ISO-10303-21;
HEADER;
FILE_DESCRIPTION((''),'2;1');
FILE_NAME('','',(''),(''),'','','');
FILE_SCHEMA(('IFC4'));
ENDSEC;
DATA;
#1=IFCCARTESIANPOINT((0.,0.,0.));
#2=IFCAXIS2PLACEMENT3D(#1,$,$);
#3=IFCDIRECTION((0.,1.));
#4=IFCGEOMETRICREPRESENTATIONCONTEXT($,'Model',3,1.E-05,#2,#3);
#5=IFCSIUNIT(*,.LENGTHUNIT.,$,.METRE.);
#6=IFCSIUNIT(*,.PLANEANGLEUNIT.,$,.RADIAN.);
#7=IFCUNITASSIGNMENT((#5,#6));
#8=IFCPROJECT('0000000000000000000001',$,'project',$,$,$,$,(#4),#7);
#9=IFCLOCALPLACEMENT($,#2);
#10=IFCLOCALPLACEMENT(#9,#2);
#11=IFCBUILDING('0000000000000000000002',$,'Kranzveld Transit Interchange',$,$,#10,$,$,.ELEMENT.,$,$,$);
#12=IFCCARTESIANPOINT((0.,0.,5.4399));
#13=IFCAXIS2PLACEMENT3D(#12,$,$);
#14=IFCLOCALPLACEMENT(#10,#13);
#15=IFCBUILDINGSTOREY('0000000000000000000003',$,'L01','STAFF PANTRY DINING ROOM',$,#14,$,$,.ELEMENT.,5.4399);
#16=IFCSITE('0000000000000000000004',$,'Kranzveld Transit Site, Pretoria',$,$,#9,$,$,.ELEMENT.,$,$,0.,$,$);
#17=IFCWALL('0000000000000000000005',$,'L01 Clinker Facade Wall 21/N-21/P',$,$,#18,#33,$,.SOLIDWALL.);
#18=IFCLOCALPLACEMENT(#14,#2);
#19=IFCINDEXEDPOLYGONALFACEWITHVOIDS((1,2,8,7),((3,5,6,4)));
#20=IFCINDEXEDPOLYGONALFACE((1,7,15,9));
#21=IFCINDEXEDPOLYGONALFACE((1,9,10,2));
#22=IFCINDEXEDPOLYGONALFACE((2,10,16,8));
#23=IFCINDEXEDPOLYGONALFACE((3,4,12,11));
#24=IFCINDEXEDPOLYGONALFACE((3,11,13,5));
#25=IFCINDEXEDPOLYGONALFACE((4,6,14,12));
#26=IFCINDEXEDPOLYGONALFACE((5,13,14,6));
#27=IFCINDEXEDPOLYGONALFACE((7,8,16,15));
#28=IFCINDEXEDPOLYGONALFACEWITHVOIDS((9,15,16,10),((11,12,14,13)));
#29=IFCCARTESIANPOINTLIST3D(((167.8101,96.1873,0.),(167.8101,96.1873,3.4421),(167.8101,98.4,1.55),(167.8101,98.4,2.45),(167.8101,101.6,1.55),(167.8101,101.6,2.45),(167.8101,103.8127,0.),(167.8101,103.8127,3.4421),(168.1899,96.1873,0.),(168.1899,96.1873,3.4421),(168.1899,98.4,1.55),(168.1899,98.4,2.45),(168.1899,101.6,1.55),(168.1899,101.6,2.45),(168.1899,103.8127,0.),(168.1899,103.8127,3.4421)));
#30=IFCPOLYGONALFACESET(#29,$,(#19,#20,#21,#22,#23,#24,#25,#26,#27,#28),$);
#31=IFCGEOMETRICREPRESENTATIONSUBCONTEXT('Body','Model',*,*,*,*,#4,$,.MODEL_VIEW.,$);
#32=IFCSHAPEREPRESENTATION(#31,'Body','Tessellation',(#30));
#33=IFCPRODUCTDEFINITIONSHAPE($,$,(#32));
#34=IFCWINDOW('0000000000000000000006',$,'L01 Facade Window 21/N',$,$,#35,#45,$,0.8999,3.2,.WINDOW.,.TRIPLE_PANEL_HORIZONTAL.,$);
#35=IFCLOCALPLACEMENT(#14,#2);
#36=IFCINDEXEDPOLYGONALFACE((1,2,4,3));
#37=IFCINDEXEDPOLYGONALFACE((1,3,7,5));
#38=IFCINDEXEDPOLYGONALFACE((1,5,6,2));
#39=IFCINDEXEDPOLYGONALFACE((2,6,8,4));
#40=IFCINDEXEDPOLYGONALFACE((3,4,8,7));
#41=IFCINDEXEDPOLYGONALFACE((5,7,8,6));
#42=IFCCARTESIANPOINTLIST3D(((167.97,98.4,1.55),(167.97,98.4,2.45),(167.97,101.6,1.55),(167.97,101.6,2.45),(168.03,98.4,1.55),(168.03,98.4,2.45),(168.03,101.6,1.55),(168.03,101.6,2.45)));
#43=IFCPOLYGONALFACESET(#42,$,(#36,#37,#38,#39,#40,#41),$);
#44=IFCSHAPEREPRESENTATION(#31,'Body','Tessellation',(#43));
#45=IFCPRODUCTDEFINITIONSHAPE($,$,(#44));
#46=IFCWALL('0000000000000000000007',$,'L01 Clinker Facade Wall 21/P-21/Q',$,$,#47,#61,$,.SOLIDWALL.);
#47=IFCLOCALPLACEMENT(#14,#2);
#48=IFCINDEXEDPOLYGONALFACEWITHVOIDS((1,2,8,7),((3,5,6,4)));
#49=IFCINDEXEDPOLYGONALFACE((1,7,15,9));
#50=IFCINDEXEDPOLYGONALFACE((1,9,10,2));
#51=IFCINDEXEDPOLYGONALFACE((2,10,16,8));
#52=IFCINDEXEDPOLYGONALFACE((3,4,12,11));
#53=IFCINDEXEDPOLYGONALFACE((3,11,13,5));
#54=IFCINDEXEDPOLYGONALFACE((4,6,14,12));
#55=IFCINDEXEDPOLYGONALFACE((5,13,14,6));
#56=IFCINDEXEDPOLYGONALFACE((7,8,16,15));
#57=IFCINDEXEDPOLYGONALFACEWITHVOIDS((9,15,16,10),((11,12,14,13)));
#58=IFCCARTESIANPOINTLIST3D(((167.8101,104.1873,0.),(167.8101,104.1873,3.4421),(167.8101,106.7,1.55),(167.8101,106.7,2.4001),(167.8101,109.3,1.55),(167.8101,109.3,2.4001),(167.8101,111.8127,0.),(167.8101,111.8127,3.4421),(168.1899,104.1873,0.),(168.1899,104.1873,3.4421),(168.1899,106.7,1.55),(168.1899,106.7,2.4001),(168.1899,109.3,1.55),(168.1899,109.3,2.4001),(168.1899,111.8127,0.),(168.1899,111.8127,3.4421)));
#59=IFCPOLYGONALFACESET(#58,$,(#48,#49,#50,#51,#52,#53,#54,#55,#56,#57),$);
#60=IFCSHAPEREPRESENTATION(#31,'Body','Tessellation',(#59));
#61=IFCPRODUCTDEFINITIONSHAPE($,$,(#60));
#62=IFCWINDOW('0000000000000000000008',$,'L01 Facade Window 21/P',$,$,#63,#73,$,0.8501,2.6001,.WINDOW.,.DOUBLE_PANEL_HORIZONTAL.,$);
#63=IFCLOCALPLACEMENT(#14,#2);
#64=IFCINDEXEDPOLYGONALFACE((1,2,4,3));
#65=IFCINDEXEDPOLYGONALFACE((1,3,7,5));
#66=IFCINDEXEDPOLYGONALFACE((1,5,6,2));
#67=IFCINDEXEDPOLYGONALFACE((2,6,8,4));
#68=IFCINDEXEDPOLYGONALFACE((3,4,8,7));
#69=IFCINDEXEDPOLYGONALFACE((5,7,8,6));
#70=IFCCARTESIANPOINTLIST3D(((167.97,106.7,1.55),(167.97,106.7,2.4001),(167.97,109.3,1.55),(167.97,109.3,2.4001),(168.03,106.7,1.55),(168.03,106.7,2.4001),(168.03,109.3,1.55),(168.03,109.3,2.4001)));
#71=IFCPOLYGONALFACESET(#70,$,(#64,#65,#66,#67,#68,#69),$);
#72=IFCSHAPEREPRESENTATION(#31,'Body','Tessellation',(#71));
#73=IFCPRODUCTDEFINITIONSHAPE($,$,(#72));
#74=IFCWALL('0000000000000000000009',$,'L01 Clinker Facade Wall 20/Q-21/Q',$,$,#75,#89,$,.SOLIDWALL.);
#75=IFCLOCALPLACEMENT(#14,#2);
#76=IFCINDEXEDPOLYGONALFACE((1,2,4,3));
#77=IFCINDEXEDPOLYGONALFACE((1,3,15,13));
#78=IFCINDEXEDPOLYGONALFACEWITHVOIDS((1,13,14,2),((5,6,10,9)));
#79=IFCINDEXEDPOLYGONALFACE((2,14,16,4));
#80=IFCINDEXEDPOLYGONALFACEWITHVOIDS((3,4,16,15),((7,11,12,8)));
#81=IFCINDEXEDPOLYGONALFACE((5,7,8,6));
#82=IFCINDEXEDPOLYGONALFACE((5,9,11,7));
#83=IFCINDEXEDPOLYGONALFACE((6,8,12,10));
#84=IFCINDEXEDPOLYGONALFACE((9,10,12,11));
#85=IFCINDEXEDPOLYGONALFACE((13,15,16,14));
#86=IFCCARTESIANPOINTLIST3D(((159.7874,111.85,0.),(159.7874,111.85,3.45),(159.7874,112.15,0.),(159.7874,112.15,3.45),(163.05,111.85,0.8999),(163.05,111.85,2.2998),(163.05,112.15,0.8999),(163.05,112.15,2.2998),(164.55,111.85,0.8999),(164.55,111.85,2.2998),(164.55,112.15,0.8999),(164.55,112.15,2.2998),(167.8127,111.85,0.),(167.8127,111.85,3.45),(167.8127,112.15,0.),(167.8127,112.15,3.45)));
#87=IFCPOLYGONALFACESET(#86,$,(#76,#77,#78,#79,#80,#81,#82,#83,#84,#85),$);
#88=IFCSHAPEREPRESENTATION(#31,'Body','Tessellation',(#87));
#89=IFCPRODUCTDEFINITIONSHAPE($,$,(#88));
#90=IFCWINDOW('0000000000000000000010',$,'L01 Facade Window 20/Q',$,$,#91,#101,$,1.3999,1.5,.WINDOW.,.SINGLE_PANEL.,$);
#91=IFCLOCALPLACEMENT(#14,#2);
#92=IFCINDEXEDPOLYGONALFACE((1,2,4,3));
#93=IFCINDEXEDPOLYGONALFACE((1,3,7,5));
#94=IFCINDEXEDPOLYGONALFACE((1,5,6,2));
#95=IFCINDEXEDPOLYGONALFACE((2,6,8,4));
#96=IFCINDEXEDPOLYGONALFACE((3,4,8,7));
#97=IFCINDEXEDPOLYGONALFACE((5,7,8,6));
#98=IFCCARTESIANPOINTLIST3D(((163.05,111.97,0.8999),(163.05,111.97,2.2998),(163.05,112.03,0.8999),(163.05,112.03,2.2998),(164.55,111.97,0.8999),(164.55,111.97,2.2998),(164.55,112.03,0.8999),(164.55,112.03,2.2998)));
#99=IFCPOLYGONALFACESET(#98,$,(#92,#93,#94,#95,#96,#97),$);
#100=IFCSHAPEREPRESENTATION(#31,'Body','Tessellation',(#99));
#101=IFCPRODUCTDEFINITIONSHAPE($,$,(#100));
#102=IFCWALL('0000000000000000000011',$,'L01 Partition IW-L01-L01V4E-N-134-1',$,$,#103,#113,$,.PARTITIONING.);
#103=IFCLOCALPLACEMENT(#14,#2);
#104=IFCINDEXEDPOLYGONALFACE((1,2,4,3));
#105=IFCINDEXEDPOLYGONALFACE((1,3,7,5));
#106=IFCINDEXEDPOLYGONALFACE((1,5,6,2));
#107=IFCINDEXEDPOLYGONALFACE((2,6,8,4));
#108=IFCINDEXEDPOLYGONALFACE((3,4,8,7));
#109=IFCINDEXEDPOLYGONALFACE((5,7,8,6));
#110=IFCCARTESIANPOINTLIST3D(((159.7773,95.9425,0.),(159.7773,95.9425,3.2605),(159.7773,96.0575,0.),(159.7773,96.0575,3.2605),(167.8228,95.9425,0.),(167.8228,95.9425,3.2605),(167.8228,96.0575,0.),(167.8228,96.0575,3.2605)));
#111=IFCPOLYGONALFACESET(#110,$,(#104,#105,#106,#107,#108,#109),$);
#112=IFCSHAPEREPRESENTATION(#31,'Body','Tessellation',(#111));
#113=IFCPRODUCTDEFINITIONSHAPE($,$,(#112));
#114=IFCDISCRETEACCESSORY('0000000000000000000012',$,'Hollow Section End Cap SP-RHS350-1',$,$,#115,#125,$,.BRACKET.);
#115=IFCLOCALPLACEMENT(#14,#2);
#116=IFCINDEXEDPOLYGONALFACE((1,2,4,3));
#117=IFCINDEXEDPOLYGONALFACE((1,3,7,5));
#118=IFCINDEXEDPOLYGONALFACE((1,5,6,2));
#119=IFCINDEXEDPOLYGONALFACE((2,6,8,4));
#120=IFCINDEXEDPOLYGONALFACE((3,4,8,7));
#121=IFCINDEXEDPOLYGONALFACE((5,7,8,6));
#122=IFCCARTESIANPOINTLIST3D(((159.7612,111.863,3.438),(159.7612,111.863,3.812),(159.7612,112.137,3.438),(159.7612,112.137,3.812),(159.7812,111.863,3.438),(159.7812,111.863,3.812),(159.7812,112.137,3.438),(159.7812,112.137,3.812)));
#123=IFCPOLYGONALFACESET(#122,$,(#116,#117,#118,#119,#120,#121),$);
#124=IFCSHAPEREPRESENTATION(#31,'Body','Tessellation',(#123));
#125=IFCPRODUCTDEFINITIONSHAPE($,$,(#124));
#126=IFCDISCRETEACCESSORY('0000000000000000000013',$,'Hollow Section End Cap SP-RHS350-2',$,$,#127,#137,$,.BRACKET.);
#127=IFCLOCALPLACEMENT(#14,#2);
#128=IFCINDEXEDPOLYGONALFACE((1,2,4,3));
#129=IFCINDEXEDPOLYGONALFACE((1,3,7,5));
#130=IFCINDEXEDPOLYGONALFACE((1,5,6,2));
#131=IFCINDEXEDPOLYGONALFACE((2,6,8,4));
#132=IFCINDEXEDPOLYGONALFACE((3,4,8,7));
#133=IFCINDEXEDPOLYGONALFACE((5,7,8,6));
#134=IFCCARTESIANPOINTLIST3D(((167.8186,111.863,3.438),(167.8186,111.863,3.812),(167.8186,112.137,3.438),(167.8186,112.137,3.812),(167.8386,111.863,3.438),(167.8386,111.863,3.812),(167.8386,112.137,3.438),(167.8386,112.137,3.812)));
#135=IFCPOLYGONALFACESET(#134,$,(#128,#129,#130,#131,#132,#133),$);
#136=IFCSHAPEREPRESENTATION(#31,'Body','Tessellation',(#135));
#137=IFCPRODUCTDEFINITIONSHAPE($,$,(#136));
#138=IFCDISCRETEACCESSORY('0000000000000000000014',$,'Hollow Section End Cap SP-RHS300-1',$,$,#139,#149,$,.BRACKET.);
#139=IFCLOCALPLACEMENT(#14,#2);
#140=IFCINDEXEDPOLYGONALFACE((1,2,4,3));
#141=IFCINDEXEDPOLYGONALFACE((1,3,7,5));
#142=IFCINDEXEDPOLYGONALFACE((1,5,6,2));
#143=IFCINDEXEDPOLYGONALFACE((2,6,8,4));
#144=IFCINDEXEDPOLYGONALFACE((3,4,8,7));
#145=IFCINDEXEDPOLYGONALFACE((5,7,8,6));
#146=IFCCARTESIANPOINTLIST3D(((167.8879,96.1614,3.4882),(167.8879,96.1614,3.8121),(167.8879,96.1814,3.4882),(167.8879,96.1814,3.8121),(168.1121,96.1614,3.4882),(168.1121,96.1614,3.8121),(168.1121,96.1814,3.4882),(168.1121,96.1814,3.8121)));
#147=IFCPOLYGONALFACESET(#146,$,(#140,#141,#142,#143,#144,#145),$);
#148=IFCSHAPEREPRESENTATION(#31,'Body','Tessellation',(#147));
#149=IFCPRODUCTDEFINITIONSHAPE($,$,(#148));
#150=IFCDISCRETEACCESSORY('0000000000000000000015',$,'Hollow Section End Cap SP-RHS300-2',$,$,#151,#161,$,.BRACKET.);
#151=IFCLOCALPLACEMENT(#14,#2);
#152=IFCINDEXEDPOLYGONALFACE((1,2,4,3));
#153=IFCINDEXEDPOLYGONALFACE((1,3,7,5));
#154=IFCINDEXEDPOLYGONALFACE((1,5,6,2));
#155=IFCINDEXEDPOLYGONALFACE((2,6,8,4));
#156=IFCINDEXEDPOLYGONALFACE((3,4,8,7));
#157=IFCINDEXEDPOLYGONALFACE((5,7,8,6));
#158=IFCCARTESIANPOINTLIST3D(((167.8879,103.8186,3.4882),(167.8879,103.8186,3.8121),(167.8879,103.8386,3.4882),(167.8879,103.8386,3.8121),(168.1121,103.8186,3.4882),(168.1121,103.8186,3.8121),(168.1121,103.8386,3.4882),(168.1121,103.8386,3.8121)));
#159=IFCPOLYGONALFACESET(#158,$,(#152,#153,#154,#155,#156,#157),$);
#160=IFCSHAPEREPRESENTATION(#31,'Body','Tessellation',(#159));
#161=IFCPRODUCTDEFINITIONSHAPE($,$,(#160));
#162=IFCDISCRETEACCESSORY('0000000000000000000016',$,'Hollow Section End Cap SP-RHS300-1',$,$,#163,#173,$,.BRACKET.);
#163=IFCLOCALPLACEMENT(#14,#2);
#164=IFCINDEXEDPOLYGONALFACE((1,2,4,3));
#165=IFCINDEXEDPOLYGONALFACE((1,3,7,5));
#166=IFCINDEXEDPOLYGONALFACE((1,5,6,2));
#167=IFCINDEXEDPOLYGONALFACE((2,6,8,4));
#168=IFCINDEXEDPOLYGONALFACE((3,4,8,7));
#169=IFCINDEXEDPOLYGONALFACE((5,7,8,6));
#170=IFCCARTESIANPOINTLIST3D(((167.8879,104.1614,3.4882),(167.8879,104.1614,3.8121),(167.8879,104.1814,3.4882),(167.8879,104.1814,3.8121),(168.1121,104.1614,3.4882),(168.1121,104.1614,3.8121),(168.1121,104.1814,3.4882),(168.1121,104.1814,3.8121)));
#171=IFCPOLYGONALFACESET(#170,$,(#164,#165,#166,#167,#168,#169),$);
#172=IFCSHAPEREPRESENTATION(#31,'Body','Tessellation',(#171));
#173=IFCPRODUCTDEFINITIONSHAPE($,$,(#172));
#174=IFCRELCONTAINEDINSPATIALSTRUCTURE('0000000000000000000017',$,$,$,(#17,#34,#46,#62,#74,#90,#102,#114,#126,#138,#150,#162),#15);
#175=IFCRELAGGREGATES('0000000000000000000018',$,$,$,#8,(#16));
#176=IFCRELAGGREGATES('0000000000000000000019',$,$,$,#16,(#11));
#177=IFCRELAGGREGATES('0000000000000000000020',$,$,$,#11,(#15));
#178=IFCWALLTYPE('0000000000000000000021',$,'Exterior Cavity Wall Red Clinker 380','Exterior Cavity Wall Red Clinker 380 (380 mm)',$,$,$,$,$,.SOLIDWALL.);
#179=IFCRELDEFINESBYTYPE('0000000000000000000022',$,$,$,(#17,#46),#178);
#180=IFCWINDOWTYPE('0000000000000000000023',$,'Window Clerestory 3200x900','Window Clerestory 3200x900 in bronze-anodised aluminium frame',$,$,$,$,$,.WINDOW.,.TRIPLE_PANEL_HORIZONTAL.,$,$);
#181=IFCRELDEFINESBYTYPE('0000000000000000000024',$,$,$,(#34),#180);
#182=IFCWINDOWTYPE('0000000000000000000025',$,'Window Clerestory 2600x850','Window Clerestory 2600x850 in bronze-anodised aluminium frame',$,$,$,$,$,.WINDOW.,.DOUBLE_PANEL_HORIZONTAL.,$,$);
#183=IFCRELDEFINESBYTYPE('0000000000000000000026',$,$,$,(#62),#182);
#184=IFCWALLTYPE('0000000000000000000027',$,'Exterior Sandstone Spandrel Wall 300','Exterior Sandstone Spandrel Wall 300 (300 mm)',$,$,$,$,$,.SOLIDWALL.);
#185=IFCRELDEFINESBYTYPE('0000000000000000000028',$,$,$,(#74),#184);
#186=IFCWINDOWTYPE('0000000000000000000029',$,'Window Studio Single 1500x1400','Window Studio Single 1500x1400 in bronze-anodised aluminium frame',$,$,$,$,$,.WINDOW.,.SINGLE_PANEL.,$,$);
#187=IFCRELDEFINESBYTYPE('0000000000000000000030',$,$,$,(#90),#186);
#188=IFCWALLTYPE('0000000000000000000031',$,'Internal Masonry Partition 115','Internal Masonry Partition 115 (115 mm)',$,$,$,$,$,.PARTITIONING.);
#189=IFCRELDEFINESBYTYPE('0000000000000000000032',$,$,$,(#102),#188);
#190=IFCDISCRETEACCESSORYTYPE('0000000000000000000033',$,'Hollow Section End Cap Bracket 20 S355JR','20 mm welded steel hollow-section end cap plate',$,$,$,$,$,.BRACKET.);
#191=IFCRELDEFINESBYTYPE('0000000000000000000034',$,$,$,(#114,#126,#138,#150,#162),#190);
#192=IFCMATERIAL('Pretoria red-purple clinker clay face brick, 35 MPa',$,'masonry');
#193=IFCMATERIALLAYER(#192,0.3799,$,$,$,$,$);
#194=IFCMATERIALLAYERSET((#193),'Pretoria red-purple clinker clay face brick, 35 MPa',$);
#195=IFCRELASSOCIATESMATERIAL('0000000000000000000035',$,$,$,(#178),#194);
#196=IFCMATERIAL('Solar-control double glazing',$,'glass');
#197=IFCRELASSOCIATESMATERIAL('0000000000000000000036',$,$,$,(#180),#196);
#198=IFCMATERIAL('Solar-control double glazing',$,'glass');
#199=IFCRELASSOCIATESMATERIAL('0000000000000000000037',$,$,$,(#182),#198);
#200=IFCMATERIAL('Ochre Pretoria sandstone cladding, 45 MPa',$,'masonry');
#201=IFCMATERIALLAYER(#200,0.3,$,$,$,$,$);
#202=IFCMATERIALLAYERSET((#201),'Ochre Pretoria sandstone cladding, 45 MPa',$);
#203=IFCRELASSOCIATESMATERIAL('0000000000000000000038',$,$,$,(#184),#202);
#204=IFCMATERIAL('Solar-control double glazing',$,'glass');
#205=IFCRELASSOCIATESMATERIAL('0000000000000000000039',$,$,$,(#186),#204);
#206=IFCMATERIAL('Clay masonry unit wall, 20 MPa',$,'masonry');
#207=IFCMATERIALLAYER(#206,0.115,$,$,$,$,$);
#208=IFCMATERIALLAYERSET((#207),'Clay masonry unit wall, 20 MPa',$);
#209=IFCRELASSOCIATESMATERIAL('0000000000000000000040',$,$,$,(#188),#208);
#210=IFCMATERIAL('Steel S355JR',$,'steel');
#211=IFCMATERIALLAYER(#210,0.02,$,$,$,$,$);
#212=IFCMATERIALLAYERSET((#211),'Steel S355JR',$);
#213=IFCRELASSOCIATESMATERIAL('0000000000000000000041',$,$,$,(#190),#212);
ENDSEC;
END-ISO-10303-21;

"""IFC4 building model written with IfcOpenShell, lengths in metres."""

from ifc_helpers import new_model, si_unit, direction, frame, frame_2d, origin, origin_2d, place, context, subcontext, project, spatial, rectangle, extrude, material, layer, layer_set, type_object, element, fill, save


model = new_model("IFC4")

# Units and contexts
model_context = context("Model", 3, precision=1e-05, world=origin(), true_north=direction((0.0, 1.0)))
body_context = subcontext(model_context, "Body", "Model", "MODEL_VIEW")
ifc_project = project(units=[si_unit("LENGTHUNIT", "METRE"), si_unit("PLANEANGLEUNIT", "RADIAN")], contexts=[model_context])

# Site, building, storey
site_placement = place(None, origin())
site = spatial("IfcSite", under=ifc_project, at=site_placement, Name="Kranzveld Transit Site, Pretoria", CompositionType="ELEMENT", RefElevation=0.0)
building_placement = place(site_placement, origin())
building = spatial("IfcBuilding", under=site, at=building_placement, Name="Kranzveld Transit Interchange", CompositionType="ELEMENT")
storey_placement = place(building_placement, frame((0.0, 0.0, 5.4399)))
storey = spatial("IfcBuildingStorey", under=building, at=storey_placement, Name="L01", Description="STAFF PANTRY DINING ROOM", CompositionType="ELEMENT", Elevation=5.4399)

# Walls, openings, windows
ifc_material_1 = material(Name="Pretoria red-purple clinker clay face brick, 35 MPa", Category="masonry")
ifc_layer_1 = layer(ifc_material_1, 0.3799)
ifc_layer_set_1 = layer_set([ifc_layer_1], Name="Pretoria red-purple clinker clay face brick, 35 MPa")
wall_type_1 = type_object("IfcWallType", Name="Exterior Cavity Wall Red Clinker 380", Description="Exterior Cavity Wall Red Clinker 380 (380 mm)", PredefinedType="SOLIDWALL", material=ifc_layer_set_1)
wall_1_placement = place(storey_placement, frame((168.0, 96.1873, 0.0), z_axis=(0.0, 0.0, 1.0), x_axis=(0.0, 1.0, 0.0)))
wall_1 = element("IfcWall", 1, at=wall_1_placement, inside=storey, type_object=wall_type_1, Name="L01 Clinker Facade Wall 21/N-21/P", PredefinedType="SOLIDWALL", context=body_context, shape_type="SweptSolid", body=[
    extrude(rectangle(XDim=7.6255, YDim=0.3799, at=frame_2d((3.8127, 0.0))), origin(), (0.0, 0.0, 1.0), 3.4421),
])
opening_1_placement = place(wall_1_placement, frame((2.2126, 0.0, 1.55), z_axis=(0.0, 0.0, 1.0), x_axis=(1.0, 0.0, 0.0)))
opening_1 = element("IfcOpeningElement", 2, at=opening_1_placement, cuts=wall_1, PredefinedType="OPENING", context=body_context, shape_type="SweptSolid", body=[
    extrude(rectangle(XDim=3.2, YDim=0.8999, at=frame_2d((1.6001, 0.45))), frame((0.0, 0.2, 0.0), z_axis=(0.0, -1.0, 0.0), x_axis=(1.0, 0.0, 0.0)), (0.0, 0.0, 1.0), 0.3999),
])
ifc_material_2 = material(Name="Solar-control double glazing", Category="glass")
window_type_1 = type_object("IfcWindowType", Name="Window Clerestory 3200x900", Description="Window Clerestory 3200x900 in bronze-anodised aluminium frame", PartitioningType="TRIPLE_PANEL_HORIZONTAL", PredefinedType="WINDOW", material=ifc_material_2)
window_1_placement = place(opening_1_placement, origin())
window_1 = element("IfcWindow", 3, at=window_1_placement, inside=storey, type_object=window_type_1, Name="L01 Facade Window 21/N", OverallHeight=0.8999, OverallWidth=3.2, PartitioningType="TRIPLE_PANEL_HORIZONTAL", PredefinedType="WINDOW", context=body_context, shape_type="SweptSolid", body=[
    extrude(rectangle(XDim=3.2, YDim=0.8999, at=frame_2d((1.6001, 0.45))), frame((0.0, 0.03, 0.0), z_axis=(0.0, -1.0, 0.0), x_axis=(1.0, 0.0, 0.0)), (0.0, 0.0, 1.0), 0.0601),
])
fill(opening_1, window_1)
wall_2_placement = place(storey_placement, frame((168.0, 104.1873, 0.0), z_axis=(0.0, 0.0, 1.0), x_axis=(0.0, 1.0, 0.0)))
wall_2 = element("IfcWall", 4, at=wall_2_placement, inside=storey, type_object=wall_type_1, Name="L01 Clinker Facade Wall 21/P-21/Q", PredefinedType="SOLIDWALL", context=body_context, shape_type="SweptSolid", body=[
    extrude(rectangle(XDim=7.6255, YDim=0.3799, at=frame_2d((3.8127, 0.0))), origin(), (0.0, 0.0, 1.0), 3.4421),
])
opening_2_placement = place(wall_2_placement, frame((2.5127, 0.0, 1.55), z_axis=(0.0, 0.0, 1.0), x_axis=(1.0, 0.0, 0.0)))
opening_2 = element("IfcOpeningElement", 5, at=opening_2_placement, cuts=wall_2, PredefinedType="OPENING", context=body_context, shape_type="SweptSolid", body=[
    extrude(rectangle(XDim=2.6001, YDim=0.8501, at=frame_2d((1.3, 0.425))), frame((0.0, 0.2, 0.0), z_axis=(0.0, -1.0, 0.0), x_axis=(1.0, 0.0, 0.0)), (0.0, 0.0, 1.0), 0.3999),
])
ifc_material_3 = material(Name="Solar-control double glazing", Category="glass")
window_type_2 = type_object("IfcWindowType", Name="Window Clerestory 2600x850", Description="Window Clerestory 2600x850 in bronze-anodised aluminium frame", PartitioningType="DOUBLE_PANEL_HORIZONTAL", PredefinedType="WINDOW", material=ifc_material_3)
window_2_placement = place(opening_2_placement, origin())
window_2 = element("IfcWindow", 6, at=window_2_placement, inside=storey, type_object=window_type_2, Name="L01 Facade Window 21/P", OverallHeight=0.8501, OverallWidth=2.6001, PartitioningType="DOUBLE_PANEL_HORIZONTAL", PredefinedType="WINDOW", context=body_context, shape_type="SweptSolid", body=[
    extrude(rectangle(XDim=2.6001, YDim=0.8501, at=frame_2d((1.3, 0.425))), frame((0.0, 0.03, 0.0), z_axis=(0.0, -1.0, 0.0), x_axis=(1.0, 0.0, 0.0)), (0.0, 0.0, 1.0), 0.0601),
])
fill(opening_2, window_2)
ifc_material_4 = material(Name="Ochre Pretoria sandstone cladding, 45 MPa", Category="masonry")
ifc_layer_2 = layer(ifc_material_4, 0.3)
ifc_layer_set_2 = layer_set([ifc_layer_2], Name="Ochre Pretoria sandstone cladding, 45 MPa")
wall_type_2 = type_object("IfcWallType", Name="Exterior Sandstone Spandrel Wall 300", Description="Exterior Sandstone Spandrel Wall 300 (300 mm)", PredefinedType="SOLIDWALL", material=ifc_layer_set_2)
wall_3_placement = place(storey_placement, frame((159.7874, 112.0, 0.0), z_axis=(0.0, 0.0, 1.0), x_axis=(1.0, 0.0, 0.0)))
wall_3 = element("IfcWall", 7, at=wall_3_placement, inside=storey, type_object=wall_type_2, Name="L01 Clinker Facade Wall 20/Q-21/Q", PredefinedType="SOLIDWALL", context=body_context, shape_type="SweptSolid", body=[
    extrude(rectangle(XDim=8.0254, YDim=0.3, at=frame_2d((4.0127, 0.0))), origin(), (0.0, 0.0, 1.0), 3.45),
])
opening_3_placement = place(wall_3_placement, frame((3.2627, 0.0, 0.8999), z_axis=(0.0, 0.0, 1.0), x_axis=(1.0, 0.0, 0.0)))
opening_3 = element("IfcOpeningElement", 8, at=opening_3_placement, cuts=wall_3, PredefinedType="OPENING", context=body_context, shape_type="SweptSolid", body=[
    extrude(rectangle(XDim=1.5, YDim=1.3999, at=frame_2d((0.75, 0.7))), frame((0.0, 0.1599, 0.0), z_axis=(0.0, -1.0, 0.0), x_axis=(1.0, 0.0, 0.0)), (0.0, 0.0, 1.0), 0.3201),
])
ifc_material_5 = material(Name="Solar-control double glazing", Category="glass")
window_type_3 = type_object("IfcWindowType", Name="Window Studio Single 1500x1400", Description="Window Studio Single 1500x1400 in bronze-anodised aluminium frame", PartitioningType="SINGLE_PANEL", PredefinedType="WINDOW", material=ifc_material_5)
window_3_placement = place(opening_3_placement, origin())
window_3 = element("IfcWindow", 9, at=window_3_placement, inside=storey, type_object=window_type_3, Name="L01 Facade Window 20/Q", OverallHeight=1.3999, OverallWidth=1.5, PartitioningType="SINGLE_PANEL", PredefinedType="WINDOW", context=body_context, shape_type="SweptSolid", body=[
    extrude(rectangle(XDim=1.5, YDim=1.3999, at=frame_2d((0.75, 0.7))), frame((0.0, 0.03, 0.0), z_axis=(0.0, -1.0, 0.0), x_axis=(1.0, 0.0, 0.0)), (0.0, 0.0, 1.0), 0.0601),
])
fill(opening_3, window_3)

# Wall
ifc_material_6 = material(Name="Clay masonry unit wall, 20 MPa", Category="masonry")
ifc_layer_3 = layer(ifc_material_6, 0.115)
ifc_layer_set_3 = layer_set([ifc_layer_3], Name="Clay masonry unit wall, 20 MPa")
wall_type_3 = type_object("IfcWallType", Name="Internal Masonry Partition 115", Description="Internal Masonry Partition 115 (115 mm)", PredefinedType="PARTITIONING", material=ifc_layer_set_3)
wall_4_placement = place(storey_placement, frame((159.7773, 96.0, 0.0), z_axis=(0.0, 0.0, 1.0), x_axis=(1.0, 0.0, 0.0)))
element("IfcWall", 10, at=wall_4_placement, inside=storey, type_object=wall_type_3, Name="L01 Partition IW-L01-L01V4E-N-134-1", PredefinedType="PARTITIONING", context=body_context, shape_type="SweptSolid", body=[
    extrude(rectangle(XDim=8.0454, YDim=0.115, at=frame_2d((4.0227, 0.0))), origin(), (0.0, 0.0, 1.0), 3.2605),
])

# Discrete accessories
ifc_material_7 = material(Name="Steel S355JR", Category="steel")
ifc_layer_4 = layer(ifc_material_7, 0.02)
ifc_layer_set_4 = layer_set([ifc_layer_4], Name="Steel S355JR")
discrete_accessory_type = type_object("IfcDiscreteAccessoryType", Name="Hollow Section End Cap Bracket 20 S355JR", Description="20 mm welded steel hollow-section end cap plate", PredefinedType="BRACKET", material=ifc_layer_set_4)
for number, where, z_axis, x_axis, name in (
    (11, (159.7812, 112.0, 3.625), (-1.0, 0.0, 0.0), (0.0, -1.0, 0.0), "Hollow Section End Cap SP-RHS350-1"),
    (12, (167.8186, 112.0, 3.625), (1.0, 0.0, 0.0), (0.0, 1.0, 0.0), "Hollow Section End Cap SP-RHS350-2"),
):
    element("IfcDiscreteAccessory", number, at=place(storey_placement, frame(where, z_axis=z_axis, x_axis=x_axis)), inside=storey, type_object=discrete_accessory_type, Name=name, PredefinedType="BRACKET", context=body_context, shape_type="SweptSolid", body=[
        extrude(rectangle(XDim=0.2739, YDim=0.374, at=origin_2d()), origin(), (0.0, 0.0, 1.0), 0.02),
    ])
for number, where, z_axis, x_axis, name in (
    (13, (168.0, 96.1814, 3.6501), (0.0, -1.0, 0.0), (1.0, 0.0, 0.0), "Hollow Section End Cap SP-RHS300-1"),
    (14, (168.0, 103.8186, 3.6501), (0.0, 1.0, 0.0), (-1.0, 0.0, 0.0), "Hollow Section End Cap SP-RHS300-2"),
    (15, (168.0, 104.1814, 3.6501), (0.0, -1.0, 0.0), (1.0, 0.0, 0.0), "Hollow Section End Cap SP-RHS300-1"),
):
    element("IfcDiscreteAccessory", number, at=place(storey_placement, frame(where, z_axis=z_axis, x_axis=x_axis)), inside=storey, type_object=discrete_accessory_type, Name=name, PredefinedType="BRACKET", context=body_context, shape_type="SweptSolid", body=[
        extrude(rectangle(XDim=0.2241, YDim=0.324, at=origin_2d()), origin(), (0.0, 0.0, 1.0), 0.02),
    ])

save(model, "model.ifc")
